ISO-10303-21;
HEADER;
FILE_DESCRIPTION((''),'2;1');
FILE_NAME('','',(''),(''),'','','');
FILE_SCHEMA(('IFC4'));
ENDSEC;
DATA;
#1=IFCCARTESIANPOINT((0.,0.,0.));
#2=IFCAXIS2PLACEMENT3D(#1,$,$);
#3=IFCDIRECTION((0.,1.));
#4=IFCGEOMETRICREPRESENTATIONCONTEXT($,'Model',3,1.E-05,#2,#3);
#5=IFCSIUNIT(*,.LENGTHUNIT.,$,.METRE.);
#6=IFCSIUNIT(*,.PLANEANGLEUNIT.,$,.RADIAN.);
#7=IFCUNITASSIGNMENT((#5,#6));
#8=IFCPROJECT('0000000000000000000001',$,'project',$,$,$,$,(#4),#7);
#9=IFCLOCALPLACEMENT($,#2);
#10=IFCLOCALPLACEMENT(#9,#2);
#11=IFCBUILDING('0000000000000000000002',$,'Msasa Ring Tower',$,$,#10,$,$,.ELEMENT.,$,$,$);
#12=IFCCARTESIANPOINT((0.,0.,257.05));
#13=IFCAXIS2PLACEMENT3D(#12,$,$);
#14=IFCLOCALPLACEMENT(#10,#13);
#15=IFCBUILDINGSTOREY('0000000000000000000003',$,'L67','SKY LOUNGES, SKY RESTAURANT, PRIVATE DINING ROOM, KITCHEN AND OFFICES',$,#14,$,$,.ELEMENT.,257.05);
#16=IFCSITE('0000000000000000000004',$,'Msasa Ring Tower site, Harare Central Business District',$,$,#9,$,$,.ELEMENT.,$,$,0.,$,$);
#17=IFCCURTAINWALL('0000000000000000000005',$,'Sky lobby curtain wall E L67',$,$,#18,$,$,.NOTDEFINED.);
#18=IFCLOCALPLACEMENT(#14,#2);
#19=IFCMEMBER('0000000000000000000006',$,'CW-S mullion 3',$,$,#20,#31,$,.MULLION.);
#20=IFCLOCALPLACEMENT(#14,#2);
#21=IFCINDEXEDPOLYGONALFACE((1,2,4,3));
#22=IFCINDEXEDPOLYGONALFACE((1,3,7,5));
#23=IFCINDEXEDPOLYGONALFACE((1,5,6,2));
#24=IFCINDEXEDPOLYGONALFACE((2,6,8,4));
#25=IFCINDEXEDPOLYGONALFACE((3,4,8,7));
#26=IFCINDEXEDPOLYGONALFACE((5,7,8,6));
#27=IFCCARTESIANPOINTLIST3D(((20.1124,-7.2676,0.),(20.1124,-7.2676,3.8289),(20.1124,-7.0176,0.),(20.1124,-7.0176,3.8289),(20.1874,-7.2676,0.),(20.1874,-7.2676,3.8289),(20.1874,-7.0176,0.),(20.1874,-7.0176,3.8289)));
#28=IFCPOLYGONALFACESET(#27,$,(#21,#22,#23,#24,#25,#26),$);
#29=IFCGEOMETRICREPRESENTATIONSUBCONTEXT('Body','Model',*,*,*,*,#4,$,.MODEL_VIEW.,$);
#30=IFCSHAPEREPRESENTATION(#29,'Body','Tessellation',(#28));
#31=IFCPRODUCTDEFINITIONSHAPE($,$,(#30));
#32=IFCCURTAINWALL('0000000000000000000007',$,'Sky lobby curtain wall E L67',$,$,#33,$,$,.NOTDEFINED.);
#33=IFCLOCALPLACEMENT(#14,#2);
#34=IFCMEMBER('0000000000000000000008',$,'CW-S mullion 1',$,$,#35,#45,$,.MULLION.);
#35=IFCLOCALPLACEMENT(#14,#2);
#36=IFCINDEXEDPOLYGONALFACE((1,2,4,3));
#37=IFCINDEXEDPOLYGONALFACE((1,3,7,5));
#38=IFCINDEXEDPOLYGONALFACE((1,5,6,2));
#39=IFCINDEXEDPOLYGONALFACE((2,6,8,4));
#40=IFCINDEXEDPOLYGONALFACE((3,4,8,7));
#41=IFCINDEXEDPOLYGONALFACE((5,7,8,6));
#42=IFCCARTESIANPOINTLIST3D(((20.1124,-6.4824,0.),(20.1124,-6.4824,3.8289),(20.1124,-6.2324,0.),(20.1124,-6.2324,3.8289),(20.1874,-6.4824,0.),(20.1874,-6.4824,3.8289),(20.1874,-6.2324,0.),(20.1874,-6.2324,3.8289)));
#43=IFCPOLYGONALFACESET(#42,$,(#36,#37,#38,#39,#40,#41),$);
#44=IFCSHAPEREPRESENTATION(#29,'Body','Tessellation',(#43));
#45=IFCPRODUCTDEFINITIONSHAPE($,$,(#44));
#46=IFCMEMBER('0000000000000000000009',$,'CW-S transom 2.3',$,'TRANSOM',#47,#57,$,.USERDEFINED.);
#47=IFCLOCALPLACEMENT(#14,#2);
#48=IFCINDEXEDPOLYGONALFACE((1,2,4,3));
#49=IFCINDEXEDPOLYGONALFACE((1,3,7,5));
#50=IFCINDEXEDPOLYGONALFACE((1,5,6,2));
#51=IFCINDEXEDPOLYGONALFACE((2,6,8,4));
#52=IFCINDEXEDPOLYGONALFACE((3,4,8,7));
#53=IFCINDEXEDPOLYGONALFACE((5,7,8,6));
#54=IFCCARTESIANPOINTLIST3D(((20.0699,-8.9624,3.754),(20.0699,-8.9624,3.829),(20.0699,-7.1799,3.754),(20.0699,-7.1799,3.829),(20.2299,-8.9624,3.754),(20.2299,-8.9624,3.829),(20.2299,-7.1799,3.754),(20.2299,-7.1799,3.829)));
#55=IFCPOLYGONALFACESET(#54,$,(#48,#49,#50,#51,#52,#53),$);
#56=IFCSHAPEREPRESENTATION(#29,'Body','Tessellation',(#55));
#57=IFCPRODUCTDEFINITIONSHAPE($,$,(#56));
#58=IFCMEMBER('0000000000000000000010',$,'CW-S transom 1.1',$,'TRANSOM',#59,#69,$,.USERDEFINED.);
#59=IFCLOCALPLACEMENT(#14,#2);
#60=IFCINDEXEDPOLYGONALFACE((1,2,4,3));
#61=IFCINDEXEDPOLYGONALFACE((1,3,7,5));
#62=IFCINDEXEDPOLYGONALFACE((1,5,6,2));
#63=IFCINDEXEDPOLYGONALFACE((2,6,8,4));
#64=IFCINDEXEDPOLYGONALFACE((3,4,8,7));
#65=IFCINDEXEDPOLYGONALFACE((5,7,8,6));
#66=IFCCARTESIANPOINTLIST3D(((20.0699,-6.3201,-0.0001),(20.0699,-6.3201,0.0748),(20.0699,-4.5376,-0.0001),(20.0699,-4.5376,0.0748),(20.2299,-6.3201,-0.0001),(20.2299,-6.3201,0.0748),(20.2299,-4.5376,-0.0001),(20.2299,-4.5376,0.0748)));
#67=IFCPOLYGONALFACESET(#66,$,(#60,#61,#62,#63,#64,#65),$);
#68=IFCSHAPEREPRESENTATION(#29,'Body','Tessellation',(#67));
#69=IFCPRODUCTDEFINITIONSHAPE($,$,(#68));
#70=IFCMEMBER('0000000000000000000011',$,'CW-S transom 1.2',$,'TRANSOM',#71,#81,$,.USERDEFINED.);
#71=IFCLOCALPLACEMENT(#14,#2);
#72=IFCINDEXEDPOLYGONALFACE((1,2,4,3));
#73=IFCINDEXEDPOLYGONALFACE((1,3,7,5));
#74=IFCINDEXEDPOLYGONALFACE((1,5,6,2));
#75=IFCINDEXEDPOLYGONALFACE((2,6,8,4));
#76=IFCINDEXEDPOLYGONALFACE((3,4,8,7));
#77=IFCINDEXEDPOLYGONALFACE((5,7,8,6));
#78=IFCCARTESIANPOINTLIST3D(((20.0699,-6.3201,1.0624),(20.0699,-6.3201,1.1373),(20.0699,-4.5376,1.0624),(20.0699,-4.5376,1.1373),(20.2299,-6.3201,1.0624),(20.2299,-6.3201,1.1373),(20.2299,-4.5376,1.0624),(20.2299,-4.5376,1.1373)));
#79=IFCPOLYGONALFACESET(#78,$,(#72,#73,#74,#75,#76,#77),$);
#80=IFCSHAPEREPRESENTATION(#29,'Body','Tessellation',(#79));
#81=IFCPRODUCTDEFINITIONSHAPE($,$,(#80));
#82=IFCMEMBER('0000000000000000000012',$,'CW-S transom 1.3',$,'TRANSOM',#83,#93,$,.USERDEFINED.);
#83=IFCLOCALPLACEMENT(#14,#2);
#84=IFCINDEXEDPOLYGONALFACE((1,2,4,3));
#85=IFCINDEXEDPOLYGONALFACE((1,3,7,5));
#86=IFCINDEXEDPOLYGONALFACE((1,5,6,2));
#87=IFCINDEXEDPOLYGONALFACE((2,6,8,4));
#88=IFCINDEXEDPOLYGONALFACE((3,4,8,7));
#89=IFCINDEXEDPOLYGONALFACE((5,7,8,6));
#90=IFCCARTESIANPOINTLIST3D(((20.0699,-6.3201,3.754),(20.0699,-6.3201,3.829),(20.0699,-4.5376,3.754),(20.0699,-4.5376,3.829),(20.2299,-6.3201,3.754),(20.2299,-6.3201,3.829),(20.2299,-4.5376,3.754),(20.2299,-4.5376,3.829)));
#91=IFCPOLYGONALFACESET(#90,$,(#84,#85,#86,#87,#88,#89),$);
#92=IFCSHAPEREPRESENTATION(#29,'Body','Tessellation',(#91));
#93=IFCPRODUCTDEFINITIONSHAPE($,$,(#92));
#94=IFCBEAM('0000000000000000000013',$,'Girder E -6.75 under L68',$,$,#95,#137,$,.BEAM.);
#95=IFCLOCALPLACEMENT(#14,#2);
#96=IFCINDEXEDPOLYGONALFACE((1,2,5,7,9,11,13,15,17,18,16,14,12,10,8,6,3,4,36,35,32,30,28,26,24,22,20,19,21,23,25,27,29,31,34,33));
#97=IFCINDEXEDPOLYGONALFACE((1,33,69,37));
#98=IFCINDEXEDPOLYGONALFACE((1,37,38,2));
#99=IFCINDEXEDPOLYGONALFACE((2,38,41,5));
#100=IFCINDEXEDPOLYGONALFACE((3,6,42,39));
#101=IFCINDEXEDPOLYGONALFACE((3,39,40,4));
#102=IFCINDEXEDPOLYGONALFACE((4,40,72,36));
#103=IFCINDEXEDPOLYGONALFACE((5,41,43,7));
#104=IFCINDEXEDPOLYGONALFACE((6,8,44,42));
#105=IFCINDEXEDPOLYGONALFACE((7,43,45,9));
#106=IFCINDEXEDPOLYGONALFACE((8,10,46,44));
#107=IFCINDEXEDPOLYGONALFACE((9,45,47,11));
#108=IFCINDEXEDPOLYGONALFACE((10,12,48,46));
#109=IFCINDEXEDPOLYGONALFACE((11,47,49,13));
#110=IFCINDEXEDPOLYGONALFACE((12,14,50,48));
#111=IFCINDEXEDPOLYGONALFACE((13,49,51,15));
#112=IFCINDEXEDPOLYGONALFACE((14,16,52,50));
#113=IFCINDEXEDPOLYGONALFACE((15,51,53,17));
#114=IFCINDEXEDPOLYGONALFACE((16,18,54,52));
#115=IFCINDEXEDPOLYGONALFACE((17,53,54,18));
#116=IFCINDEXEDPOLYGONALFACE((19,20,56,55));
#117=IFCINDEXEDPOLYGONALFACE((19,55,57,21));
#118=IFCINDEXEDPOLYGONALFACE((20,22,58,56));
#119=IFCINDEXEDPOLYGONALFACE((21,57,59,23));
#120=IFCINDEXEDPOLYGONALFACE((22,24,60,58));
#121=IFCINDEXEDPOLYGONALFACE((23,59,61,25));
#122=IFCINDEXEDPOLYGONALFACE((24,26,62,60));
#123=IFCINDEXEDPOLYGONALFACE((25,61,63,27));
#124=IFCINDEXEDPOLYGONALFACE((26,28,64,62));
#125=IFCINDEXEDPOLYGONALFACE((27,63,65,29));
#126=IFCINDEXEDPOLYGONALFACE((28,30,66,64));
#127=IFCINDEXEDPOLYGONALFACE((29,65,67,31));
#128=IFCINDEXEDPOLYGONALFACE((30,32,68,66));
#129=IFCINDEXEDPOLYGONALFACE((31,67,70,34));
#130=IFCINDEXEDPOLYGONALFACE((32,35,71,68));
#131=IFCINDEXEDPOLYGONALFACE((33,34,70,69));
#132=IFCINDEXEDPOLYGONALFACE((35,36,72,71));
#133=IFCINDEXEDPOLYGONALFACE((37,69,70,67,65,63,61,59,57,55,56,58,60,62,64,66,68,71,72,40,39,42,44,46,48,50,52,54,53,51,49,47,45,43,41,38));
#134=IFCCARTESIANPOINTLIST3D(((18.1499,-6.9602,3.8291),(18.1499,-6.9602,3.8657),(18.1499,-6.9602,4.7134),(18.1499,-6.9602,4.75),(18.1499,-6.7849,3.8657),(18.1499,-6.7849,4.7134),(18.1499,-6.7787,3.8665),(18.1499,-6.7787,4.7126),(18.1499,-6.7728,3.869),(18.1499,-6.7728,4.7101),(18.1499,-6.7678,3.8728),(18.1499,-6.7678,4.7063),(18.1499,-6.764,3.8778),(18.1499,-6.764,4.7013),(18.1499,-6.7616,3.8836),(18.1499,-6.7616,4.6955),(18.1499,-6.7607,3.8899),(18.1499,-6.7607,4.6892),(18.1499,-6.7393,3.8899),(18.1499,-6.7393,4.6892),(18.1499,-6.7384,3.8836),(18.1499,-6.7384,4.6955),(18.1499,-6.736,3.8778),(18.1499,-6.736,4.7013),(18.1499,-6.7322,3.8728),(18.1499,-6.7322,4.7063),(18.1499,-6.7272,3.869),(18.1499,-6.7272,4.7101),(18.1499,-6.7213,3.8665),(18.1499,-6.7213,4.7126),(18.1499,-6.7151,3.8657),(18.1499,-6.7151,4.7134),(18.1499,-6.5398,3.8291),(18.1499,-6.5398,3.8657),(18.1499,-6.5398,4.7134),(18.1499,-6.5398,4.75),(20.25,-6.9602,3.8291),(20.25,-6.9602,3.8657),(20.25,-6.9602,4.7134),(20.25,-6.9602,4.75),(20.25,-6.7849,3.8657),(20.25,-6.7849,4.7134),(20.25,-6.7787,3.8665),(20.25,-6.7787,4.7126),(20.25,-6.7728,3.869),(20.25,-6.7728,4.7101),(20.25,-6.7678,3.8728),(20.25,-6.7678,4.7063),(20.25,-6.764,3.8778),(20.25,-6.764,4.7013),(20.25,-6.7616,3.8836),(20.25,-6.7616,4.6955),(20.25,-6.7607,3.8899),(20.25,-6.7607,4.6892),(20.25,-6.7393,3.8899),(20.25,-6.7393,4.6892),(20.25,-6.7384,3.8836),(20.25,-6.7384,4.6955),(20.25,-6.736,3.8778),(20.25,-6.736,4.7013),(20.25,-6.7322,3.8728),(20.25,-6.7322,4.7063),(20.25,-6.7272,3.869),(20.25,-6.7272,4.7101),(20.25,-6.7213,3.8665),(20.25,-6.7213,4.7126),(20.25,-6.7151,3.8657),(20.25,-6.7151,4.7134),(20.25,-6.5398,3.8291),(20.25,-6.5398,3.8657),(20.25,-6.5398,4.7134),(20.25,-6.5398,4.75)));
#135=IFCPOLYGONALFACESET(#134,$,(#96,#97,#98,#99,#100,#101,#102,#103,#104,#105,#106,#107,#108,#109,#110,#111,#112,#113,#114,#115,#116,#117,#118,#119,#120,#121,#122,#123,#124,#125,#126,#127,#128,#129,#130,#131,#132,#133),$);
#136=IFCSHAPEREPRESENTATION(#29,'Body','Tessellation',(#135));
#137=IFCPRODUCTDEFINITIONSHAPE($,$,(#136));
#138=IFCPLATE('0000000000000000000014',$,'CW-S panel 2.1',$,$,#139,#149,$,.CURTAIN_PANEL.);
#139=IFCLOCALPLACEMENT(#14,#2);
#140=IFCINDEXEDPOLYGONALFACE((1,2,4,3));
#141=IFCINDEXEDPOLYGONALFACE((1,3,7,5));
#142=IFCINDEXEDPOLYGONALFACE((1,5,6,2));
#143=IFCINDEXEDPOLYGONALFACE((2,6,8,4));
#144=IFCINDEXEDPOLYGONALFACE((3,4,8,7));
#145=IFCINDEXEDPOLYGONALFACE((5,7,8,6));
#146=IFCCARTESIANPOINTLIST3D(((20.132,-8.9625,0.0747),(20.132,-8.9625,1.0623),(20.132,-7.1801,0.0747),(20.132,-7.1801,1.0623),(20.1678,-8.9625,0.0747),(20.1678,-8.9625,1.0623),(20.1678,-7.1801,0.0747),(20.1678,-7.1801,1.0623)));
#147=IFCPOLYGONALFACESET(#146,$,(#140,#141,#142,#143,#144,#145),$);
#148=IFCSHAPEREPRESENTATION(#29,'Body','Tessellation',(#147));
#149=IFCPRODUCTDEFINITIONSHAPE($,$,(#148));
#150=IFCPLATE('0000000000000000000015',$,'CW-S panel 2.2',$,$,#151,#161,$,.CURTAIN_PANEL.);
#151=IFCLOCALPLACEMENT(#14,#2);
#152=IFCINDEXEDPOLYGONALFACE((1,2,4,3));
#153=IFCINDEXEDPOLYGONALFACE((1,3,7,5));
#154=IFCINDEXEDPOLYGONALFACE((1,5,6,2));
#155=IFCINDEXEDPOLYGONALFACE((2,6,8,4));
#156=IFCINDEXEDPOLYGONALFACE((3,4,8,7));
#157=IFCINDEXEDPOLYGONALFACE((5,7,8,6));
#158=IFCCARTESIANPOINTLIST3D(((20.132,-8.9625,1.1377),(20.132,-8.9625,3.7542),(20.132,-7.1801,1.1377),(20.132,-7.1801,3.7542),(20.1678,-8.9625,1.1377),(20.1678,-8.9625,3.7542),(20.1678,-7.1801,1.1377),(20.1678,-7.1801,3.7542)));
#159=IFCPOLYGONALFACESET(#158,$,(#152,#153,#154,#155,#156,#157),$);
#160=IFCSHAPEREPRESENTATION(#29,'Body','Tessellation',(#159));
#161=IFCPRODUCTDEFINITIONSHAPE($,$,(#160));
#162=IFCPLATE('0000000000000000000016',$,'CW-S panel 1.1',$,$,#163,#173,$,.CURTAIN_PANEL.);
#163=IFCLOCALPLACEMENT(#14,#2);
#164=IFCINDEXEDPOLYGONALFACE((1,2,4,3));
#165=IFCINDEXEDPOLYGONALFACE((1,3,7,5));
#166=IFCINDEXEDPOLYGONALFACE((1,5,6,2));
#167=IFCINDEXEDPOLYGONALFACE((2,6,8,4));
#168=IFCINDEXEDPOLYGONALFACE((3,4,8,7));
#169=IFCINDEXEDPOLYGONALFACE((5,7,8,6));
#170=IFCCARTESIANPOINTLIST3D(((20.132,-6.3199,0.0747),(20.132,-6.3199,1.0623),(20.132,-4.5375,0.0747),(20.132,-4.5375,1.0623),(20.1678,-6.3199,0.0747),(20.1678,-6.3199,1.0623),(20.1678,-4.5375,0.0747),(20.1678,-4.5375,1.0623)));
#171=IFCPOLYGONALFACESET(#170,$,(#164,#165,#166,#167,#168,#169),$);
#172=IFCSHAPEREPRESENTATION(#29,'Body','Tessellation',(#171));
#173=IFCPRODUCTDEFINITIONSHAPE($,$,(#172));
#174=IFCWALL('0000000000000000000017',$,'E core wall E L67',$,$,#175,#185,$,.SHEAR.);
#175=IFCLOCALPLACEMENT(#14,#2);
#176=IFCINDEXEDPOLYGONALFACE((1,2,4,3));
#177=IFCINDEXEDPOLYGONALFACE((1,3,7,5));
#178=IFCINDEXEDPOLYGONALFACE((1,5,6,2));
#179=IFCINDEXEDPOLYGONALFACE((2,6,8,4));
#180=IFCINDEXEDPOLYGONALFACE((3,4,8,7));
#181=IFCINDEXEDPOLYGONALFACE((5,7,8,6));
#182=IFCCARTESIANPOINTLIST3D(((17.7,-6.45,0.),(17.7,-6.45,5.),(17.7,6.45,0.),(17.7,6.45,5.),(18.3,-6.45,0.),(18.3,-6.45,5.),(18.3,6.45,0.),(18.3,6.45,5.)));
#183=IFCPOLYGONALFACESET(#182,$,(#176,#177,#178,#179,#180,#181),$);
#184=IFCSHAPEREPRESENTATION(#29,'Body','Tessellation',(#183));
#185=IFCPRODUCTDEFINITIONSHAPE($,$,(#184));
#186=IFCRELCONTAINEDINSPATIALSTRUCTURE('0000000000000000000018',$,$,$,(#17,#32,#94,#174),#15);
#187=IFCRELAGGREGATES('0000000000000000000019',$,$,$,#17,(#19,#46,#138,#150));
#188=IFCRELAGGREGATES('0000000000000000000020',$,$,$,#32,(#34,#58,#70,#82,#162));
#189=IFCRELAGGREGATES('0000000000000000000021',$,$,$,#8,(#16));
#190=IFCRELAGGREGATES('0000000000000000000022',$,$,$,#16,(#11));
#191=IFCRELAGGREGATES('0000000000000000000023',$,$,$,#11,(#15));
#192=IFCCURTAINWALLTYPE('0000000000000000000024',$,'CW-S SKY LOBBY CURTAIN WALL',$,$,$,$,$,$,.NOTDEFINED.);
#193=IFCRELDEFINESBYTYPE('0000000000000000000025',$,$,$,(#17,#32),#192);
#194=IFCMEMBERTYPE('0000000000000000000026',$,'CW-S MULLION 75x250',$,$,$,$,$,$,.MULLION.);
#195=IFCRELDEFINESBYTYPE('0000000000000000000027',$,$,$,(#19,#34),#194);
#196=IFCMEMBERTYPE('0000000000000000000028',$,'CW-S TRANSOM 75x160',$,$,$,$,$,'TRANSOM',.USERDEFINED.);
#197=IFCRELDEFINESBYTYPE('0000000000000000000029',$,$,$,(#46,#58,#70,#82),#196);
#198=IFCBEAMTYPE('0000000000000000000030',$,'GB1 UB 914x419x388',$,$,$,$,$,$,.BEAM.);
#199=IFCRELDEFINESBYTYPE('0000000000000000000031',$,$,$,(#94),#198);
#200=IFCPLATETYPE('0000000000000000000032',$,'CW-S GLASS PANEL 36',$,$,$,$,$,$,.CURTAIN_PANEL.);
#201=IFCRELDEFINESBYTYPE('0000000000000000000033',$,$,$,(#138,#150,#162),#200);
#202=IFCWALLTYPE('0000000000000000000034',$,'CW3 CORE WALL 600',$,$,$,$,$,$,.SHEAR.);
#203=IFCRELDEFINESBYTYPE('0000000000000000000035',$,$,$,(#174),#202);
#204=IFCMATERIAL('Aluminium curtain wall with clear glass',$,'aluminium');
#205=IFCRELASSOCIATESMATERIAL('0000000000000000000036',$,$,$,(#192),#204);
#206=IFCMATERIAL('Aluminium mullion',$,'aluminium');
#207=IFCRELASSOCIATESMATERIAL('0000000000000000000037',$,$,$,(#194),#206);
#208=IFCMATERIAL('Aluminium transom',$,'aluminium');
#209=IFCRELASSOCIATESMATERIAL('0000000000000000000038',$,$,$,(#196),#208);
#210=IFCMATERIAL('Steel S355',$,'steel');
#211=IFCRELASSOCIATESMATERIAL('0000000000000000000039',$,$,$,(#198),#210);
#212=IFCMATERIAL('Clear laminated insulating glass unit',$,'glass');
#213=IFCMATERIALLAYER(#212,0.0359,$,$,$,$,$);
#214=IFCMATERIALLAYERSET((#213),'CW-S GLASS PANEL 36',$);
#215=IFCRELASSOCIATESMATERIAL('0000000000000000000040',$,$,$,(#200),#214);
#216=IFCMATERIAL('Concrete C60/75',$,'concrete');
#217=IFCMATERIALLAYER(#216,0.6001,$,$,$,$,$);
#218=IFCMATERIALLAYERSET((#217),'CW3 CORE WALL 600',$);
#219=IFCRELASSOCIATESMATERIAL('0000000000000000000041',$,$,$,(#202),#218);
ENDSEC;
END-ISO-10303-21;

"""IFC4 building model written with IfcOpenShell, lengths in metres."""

from ifc_helpers import new_model, si_unit, direction, frame, frame_2d, origin, origin_2d, place, context, subcontext, project, spatial, rectangle, i_section, extrude, material, layer, layer_set, material_profile, profile_set, type_object, element, aggregate, save


model = new_model("IFC4")

# Units and contexts
model_context = context("Model", 3, precision=1e-05, world=origin(), true_north=direction((0.0, 1.0)))
body_context = subcontext(model_context, "Body", "Model", "MODEL_VIEW")
ifc_project = project(units=[si_unit("LENGTHUNIT", "METRE"), si_unit("PLANEANGLEUNIT", "RADIAN")], contexts=[model_context])

# Site, building, storey
site_placement = place(None, origin())
site = spatial("IfcSite", under=ifc_project, at=site_placement, Name="Msasa Ring Tower site, Harare Central Business District", CompositionType="ELEMENT", RefElevation=0.0)
building_placement = place(site_placement, origin())
building = spatial("IfcBuilding", under=site, at=building_placement, Name="Msasa Ring Tower", CompositionType="ELEMENT")
storey_placement = place(building_placement, frame((0.0, 0.0, 257.05)))
storey = spatial("IfcBuildingStorey", under=building, at=storey_placement, Name="L67", Description="SKY LOUNGES, SKY RESTAURANT, PRIVATE DINING ROOM, KITCHEN AND OFFICES", CompositionType="ELEMENT", Elevation=257.05)

# Curtain walls, members
ifc_material_1 = material(Name="Aluminium curtain wall with clear glass", Category="aluminium")
curtain_wall_type = type_object("IfcCurtainWallType", Name="CW-S SKY LOBBY CURTAIN WALL", PredefinedType="NOTDEFINED", material=ifc_material_1)
curtain_wall_1_placement = place(storey_placement, origin())
curtain_wall_1 = element("IfcCurtainWall", 1, at=curtain_wall_1_placement, inside=storey, type_object=curtain_wall_type, Name="Sky lobby curtain wall E L67", PredefinedType="NOTDEFINED")
ifc_material_2 = material(Name="Aluminium mullion", Category="aluminium")
ifc_material_profile_1 = material_profile(ifc_material_2, rectangle(XDim=0.075, YDim=0.25, at=origin_2d()), Name="AL 75x250")
ifc_profile_set_1 = profile_set([ifc_material_profile_1], Name="Aluminium mullion")
member_type_1 = type_object("IfcMemberType", Name="CW-S MULLION 75x250", PredefinedType="MULLION", material=ifc_profile_set_1)
member_1_placement = place(storey_placement, frame((20.1499, -7.1426, 0.0), z_axis=(0.0, 0.0, 1.0), x_axis=(-1.0, 0.0, 0.0)))
member_1 = element("IfcMember", 2, at=member_1_placement, type_object=member_type_1, Name="CW-S mullion 3", PredefinedType="MULLION", context=body_context, shape_type="SweptSolid", body=[
    extrude(rectangle(XDim=0.075, YDim=0.25, at=origin_2d()), origin(), (0.0, 0.0, 1.0), 3.8289),
])
curtain_wall_2_placement = place(storey_placement, origin())
curtain_wall_2 = element("IfcCurtainWall", 3, at=curtain_wall_2_placement, inside=storey, type_object=curtain_wall_type, Name="Sky lobby curtain wall E L67", PredefinedType="NOTDEFINED")
member_2_placement = place(storey_placement, frame((20.1499, -6.3574, 0.0), z_axis=(0.0, 0.0, 1.0), x_axis=(-1.0, 0.0, 0.0)))
member_2 = element("IfcMember", 4, at=member_2_placement, type_object=member_type_1, Name="CW-S mullion 1", PredefinedType="MULLION", context=body_context, shape_type="SweptSolid", body=[
    extrude(rectangle(XDim=0.075, YDim=0.25, at=origin_2d()), origin(), (0.0, 0.0, 1.0), 3.8289),
])

# Members
ifc_material_3 = material(Name="Aluminium transom", Category="aluminium")
ifc_material_profile_2 = material_profile(ifc_material_3, rectangle(XDim=0.1599, YDim=0.075, at=origin_2d()), Name="AL 75x160")
ifc_profile_set_2 = profile_set([ifc_material_profile_2], Name="Aluminium transom")
member_type_2 = type_object("IfcMemberType", Name="CW-S TRANSOM 75x160", ElementType="TRANSOM", PredefinedType="USERDEFINED", material=ifc_profile_set_2)
member_3_placement = place(storey_placement, frame((20.1499, -8.9624, 3.7915), z_axis=(0.0, 1.0, 0.0), x_axis=(-1.0, 0.0, 0.0)))
member_3 = element("IfcMember", 5, at=member_3_placement, type_object=member_type_2, Name="CW-S transom 2.3", ObjectType="TRANSOM", PredefinedType="USERDEFINED", context=body_context, shape_type="SweptSolid", body=[
    extrude(rectangle(XDim=0.1599, YDim=0.075, at=origin_2d()), origin(), (0.0, 0.0, 1.0), 1.7825),
])
member_4_placement = place(storey_placement, frame((20.1499, -6.3201, 0.0374), z_axis=(0.0, 1.0, 0.0), x_axis=(-1.0, 0.0, 0.0)))
member_4 = element("IfcMember", 6, at=member_4_placement, type_object=member_type_2, Name="CW-S transom 1.1", ObjectType="TRANSOM", PredefinedType="USERDEFINED", context=body_context, shape_type="SweptSolid", body=[
    extrude(rectangle(XDim=0.1599, YDim=0.075, at=origin_2d()), origin(), (0.0, 0.0, 1.0), 1.7825),
])
member_5_placement = place(storey_placement, frame((20.1499, -6.3201, 1.0999), z_axis=(0.0, 1.0, 0.0), x_axis=(-1.0, 0.0, 0.0)))
member_5 = element("IfcMember", 7, at=member_5_placement, type_object=member_type_2, Name="CW-S transom 1.2", ObjectType="TRANSOM", PredefinedType="USERDEFINED", context=body_context, shape_type="SweptSolid", body=[
    extrude(rectangle(XDim=0.1599, YDim=0.075, at=origin_2d()), origin(), (0.0, 0.0, 1.0), 1.7825),
])
member_6_placement = place(storey_placement, frame((20.1499, -6.3201, 3.7915), z_axis=(0.0, 1.0, 0.0), x_axis=(-1.0, 0.0, 0.0)))
member_6 = element("IfcMember", 8, at=member_6_placement, type_object=member_type_2, Name="CW-S transom 1.3", ObjectType="TRANSOM", PredefinedType="USERDEFINED", context=body_context, shape_type="SweptSolid", body=[
    extrude(rectangle(XDim=0.1599, YDim=0.075, at=origin_2d()), origin(), (0.0, 0.0, 1.0), 1.7825),
])

# Beam
ifc_material_4 = material(Name="Steel S355", Category="steel")
ifc_material_profile_3 = material_profile(ifc_material_4, i_section(OverallWidth=0.4204, OverallDepth=0.9209, WebThickness=0.0215, FlangeThickness=0.0366, FilletRadius=0.0242, at=origin_2d()), Name="UB 914x419x388")
ifc_profile_set_3 = profile_set([ifc_material_profile_3], Name="Steel S355")
beam_type = type_object("IfcBeamType", Name="GB1 UB 914x419x388", PredefinedType="BEAM", material=ifc_profile_set_3)
beam_placement = place(storey_placement, frame((18.1499, -6.75, 4.2896), z_axis=(1.0, 0.0, 0.0), x_axis=(0.0, 1.0, 0.0)))
element("IfcBeam", 9, at=beam_placement, inside=storey, type_object=beam_type, Name="Girder E -6.75 under L68", PredefinedType="BEAM", context=body_context, shape_type="SweptSolid", body=[
    extrude(i_section(OverallWidth=0.4204, OverallDepth=0.9209, WebThickness=0.0215, FlangeThickness=0.0366, FilletRadius=0.0242, at=origin_2d()), origin(), (0.0, 0.0, 1.0), 2.1001),
])

# Plates
ifc_material_5 = material(Name="Clear laminated insulating glass unit", Category="glass")
ifc_layer_1 = layer(ifc_material_5, 0.0359)
ifc_layer_set_1 = layer_set([ifc_layer_1], Name="CW-S GLASS PANEL 36")
plate_type = type_object("IfcPlateType", Name="CW-S GLASS PANEL 36", PredefinedType="CURTAIN_PANEL", material=ifc_layer_set_1)
plate_1_placement = place(storey_placement, frame((20.1499, -8.0713, 0.0747), z_axis=(0.0, 0.0, 1.0), x_axis=(0.0, 1.0, 0.0)))
plate_1 = element("IfcPlate", 10, at=plate_1_placement, type_object=plate_type, Name="CW-S panel 2.1", PredefinedType="CURTAIN_PANEL", context=body_context, shape_type="SweptSolid", body=[
    extrude(rectangle(XDim=1.7825, YDim=0.0359, at=origin_2d()), origin(), (0.0, 0.0, 1.0), 0.9875),
])
plate_2_placement = place(storey_placement, frame((20.1499, -8.0713, 1.1377), z_axis=(0.0, 0.0, 1.0), x_axis=(0.0, 1.0, 0.0)))
plate_2 = element("IfcPlate", 11, at=plate_2_placement, type_object=plate_type, Name="CW-S panel 2.2", PredefinedType="CURTAIN_PANEL", context=body_context, shape_type="SweptSolid", body=[
    extrude(rectangle(XDim=1.7825, YDim=0.0359, at=origin_2d()), origin(), (0.0, 0.0, 1.0), 2.6165),
])
aggregate(curtain_wall_1, [member_1, member_3, plate_1, plate_2])
plate_3_placement = place(storey_placement, frame((20.1499, -5.4287, 0.0747), z_axis=(0.0, 0.0, 1.0), x_axis=(0.0, 1.0, 0.0)))
plate_3 = element("IfcPlate", 12, at=plate_3_placement, type_object=plate_type, Name="CW-S panel 1.1", PredefinedType="CURTAIN_PANEL", context=body_context, shape_type="SweptSolid", body=[
    extrude(rectangle(XDim=1.7825, YDim=0.0359, at=origin_2d()), origin(), (0.0, 0.0, 1.0), 0.9875),
])
aggregate(curtain_wall_2, [member_2, member_4, member_5, member_6, plate_3])

# Wall
ifc_material_6 = material(Name="Concrete C60/75", Category="concrete")
ifc_layer_2 = layer(ifc_material_6, 0.6001)
ifc_layer_set_2 = layer_set([ifc_layer_2], Name="CW3 CORE WALL 600")
wall_type_1 = type_object("IfcWallType", Name="CW3 CORE WALL 600", PredefinedType="SHEAR", material=ifc_layer_set_2)
wall_1_placement = place(storey_placement, frame((18.0, -6.45, 0.0), z_axis=(0.0, 0.0, 1.0), x_axis=(0.0, 1.0, 0.0)))
element("IfcWall", 13, at=wall_1_placement, inside=storey, type_object=wall_type_1, Name="E core wall E L67", PredefinedType="SHEAR", context=body_context, shape_type="SweptSolid", body=[
    extrude(rectangle(XDim=12.8999, YDim=0.6001, at=frame_2d((6.45, 0.0))), origin(), (0.0, 0.0, 1.0), 5.0),
])

save(model, "model.ifc")
